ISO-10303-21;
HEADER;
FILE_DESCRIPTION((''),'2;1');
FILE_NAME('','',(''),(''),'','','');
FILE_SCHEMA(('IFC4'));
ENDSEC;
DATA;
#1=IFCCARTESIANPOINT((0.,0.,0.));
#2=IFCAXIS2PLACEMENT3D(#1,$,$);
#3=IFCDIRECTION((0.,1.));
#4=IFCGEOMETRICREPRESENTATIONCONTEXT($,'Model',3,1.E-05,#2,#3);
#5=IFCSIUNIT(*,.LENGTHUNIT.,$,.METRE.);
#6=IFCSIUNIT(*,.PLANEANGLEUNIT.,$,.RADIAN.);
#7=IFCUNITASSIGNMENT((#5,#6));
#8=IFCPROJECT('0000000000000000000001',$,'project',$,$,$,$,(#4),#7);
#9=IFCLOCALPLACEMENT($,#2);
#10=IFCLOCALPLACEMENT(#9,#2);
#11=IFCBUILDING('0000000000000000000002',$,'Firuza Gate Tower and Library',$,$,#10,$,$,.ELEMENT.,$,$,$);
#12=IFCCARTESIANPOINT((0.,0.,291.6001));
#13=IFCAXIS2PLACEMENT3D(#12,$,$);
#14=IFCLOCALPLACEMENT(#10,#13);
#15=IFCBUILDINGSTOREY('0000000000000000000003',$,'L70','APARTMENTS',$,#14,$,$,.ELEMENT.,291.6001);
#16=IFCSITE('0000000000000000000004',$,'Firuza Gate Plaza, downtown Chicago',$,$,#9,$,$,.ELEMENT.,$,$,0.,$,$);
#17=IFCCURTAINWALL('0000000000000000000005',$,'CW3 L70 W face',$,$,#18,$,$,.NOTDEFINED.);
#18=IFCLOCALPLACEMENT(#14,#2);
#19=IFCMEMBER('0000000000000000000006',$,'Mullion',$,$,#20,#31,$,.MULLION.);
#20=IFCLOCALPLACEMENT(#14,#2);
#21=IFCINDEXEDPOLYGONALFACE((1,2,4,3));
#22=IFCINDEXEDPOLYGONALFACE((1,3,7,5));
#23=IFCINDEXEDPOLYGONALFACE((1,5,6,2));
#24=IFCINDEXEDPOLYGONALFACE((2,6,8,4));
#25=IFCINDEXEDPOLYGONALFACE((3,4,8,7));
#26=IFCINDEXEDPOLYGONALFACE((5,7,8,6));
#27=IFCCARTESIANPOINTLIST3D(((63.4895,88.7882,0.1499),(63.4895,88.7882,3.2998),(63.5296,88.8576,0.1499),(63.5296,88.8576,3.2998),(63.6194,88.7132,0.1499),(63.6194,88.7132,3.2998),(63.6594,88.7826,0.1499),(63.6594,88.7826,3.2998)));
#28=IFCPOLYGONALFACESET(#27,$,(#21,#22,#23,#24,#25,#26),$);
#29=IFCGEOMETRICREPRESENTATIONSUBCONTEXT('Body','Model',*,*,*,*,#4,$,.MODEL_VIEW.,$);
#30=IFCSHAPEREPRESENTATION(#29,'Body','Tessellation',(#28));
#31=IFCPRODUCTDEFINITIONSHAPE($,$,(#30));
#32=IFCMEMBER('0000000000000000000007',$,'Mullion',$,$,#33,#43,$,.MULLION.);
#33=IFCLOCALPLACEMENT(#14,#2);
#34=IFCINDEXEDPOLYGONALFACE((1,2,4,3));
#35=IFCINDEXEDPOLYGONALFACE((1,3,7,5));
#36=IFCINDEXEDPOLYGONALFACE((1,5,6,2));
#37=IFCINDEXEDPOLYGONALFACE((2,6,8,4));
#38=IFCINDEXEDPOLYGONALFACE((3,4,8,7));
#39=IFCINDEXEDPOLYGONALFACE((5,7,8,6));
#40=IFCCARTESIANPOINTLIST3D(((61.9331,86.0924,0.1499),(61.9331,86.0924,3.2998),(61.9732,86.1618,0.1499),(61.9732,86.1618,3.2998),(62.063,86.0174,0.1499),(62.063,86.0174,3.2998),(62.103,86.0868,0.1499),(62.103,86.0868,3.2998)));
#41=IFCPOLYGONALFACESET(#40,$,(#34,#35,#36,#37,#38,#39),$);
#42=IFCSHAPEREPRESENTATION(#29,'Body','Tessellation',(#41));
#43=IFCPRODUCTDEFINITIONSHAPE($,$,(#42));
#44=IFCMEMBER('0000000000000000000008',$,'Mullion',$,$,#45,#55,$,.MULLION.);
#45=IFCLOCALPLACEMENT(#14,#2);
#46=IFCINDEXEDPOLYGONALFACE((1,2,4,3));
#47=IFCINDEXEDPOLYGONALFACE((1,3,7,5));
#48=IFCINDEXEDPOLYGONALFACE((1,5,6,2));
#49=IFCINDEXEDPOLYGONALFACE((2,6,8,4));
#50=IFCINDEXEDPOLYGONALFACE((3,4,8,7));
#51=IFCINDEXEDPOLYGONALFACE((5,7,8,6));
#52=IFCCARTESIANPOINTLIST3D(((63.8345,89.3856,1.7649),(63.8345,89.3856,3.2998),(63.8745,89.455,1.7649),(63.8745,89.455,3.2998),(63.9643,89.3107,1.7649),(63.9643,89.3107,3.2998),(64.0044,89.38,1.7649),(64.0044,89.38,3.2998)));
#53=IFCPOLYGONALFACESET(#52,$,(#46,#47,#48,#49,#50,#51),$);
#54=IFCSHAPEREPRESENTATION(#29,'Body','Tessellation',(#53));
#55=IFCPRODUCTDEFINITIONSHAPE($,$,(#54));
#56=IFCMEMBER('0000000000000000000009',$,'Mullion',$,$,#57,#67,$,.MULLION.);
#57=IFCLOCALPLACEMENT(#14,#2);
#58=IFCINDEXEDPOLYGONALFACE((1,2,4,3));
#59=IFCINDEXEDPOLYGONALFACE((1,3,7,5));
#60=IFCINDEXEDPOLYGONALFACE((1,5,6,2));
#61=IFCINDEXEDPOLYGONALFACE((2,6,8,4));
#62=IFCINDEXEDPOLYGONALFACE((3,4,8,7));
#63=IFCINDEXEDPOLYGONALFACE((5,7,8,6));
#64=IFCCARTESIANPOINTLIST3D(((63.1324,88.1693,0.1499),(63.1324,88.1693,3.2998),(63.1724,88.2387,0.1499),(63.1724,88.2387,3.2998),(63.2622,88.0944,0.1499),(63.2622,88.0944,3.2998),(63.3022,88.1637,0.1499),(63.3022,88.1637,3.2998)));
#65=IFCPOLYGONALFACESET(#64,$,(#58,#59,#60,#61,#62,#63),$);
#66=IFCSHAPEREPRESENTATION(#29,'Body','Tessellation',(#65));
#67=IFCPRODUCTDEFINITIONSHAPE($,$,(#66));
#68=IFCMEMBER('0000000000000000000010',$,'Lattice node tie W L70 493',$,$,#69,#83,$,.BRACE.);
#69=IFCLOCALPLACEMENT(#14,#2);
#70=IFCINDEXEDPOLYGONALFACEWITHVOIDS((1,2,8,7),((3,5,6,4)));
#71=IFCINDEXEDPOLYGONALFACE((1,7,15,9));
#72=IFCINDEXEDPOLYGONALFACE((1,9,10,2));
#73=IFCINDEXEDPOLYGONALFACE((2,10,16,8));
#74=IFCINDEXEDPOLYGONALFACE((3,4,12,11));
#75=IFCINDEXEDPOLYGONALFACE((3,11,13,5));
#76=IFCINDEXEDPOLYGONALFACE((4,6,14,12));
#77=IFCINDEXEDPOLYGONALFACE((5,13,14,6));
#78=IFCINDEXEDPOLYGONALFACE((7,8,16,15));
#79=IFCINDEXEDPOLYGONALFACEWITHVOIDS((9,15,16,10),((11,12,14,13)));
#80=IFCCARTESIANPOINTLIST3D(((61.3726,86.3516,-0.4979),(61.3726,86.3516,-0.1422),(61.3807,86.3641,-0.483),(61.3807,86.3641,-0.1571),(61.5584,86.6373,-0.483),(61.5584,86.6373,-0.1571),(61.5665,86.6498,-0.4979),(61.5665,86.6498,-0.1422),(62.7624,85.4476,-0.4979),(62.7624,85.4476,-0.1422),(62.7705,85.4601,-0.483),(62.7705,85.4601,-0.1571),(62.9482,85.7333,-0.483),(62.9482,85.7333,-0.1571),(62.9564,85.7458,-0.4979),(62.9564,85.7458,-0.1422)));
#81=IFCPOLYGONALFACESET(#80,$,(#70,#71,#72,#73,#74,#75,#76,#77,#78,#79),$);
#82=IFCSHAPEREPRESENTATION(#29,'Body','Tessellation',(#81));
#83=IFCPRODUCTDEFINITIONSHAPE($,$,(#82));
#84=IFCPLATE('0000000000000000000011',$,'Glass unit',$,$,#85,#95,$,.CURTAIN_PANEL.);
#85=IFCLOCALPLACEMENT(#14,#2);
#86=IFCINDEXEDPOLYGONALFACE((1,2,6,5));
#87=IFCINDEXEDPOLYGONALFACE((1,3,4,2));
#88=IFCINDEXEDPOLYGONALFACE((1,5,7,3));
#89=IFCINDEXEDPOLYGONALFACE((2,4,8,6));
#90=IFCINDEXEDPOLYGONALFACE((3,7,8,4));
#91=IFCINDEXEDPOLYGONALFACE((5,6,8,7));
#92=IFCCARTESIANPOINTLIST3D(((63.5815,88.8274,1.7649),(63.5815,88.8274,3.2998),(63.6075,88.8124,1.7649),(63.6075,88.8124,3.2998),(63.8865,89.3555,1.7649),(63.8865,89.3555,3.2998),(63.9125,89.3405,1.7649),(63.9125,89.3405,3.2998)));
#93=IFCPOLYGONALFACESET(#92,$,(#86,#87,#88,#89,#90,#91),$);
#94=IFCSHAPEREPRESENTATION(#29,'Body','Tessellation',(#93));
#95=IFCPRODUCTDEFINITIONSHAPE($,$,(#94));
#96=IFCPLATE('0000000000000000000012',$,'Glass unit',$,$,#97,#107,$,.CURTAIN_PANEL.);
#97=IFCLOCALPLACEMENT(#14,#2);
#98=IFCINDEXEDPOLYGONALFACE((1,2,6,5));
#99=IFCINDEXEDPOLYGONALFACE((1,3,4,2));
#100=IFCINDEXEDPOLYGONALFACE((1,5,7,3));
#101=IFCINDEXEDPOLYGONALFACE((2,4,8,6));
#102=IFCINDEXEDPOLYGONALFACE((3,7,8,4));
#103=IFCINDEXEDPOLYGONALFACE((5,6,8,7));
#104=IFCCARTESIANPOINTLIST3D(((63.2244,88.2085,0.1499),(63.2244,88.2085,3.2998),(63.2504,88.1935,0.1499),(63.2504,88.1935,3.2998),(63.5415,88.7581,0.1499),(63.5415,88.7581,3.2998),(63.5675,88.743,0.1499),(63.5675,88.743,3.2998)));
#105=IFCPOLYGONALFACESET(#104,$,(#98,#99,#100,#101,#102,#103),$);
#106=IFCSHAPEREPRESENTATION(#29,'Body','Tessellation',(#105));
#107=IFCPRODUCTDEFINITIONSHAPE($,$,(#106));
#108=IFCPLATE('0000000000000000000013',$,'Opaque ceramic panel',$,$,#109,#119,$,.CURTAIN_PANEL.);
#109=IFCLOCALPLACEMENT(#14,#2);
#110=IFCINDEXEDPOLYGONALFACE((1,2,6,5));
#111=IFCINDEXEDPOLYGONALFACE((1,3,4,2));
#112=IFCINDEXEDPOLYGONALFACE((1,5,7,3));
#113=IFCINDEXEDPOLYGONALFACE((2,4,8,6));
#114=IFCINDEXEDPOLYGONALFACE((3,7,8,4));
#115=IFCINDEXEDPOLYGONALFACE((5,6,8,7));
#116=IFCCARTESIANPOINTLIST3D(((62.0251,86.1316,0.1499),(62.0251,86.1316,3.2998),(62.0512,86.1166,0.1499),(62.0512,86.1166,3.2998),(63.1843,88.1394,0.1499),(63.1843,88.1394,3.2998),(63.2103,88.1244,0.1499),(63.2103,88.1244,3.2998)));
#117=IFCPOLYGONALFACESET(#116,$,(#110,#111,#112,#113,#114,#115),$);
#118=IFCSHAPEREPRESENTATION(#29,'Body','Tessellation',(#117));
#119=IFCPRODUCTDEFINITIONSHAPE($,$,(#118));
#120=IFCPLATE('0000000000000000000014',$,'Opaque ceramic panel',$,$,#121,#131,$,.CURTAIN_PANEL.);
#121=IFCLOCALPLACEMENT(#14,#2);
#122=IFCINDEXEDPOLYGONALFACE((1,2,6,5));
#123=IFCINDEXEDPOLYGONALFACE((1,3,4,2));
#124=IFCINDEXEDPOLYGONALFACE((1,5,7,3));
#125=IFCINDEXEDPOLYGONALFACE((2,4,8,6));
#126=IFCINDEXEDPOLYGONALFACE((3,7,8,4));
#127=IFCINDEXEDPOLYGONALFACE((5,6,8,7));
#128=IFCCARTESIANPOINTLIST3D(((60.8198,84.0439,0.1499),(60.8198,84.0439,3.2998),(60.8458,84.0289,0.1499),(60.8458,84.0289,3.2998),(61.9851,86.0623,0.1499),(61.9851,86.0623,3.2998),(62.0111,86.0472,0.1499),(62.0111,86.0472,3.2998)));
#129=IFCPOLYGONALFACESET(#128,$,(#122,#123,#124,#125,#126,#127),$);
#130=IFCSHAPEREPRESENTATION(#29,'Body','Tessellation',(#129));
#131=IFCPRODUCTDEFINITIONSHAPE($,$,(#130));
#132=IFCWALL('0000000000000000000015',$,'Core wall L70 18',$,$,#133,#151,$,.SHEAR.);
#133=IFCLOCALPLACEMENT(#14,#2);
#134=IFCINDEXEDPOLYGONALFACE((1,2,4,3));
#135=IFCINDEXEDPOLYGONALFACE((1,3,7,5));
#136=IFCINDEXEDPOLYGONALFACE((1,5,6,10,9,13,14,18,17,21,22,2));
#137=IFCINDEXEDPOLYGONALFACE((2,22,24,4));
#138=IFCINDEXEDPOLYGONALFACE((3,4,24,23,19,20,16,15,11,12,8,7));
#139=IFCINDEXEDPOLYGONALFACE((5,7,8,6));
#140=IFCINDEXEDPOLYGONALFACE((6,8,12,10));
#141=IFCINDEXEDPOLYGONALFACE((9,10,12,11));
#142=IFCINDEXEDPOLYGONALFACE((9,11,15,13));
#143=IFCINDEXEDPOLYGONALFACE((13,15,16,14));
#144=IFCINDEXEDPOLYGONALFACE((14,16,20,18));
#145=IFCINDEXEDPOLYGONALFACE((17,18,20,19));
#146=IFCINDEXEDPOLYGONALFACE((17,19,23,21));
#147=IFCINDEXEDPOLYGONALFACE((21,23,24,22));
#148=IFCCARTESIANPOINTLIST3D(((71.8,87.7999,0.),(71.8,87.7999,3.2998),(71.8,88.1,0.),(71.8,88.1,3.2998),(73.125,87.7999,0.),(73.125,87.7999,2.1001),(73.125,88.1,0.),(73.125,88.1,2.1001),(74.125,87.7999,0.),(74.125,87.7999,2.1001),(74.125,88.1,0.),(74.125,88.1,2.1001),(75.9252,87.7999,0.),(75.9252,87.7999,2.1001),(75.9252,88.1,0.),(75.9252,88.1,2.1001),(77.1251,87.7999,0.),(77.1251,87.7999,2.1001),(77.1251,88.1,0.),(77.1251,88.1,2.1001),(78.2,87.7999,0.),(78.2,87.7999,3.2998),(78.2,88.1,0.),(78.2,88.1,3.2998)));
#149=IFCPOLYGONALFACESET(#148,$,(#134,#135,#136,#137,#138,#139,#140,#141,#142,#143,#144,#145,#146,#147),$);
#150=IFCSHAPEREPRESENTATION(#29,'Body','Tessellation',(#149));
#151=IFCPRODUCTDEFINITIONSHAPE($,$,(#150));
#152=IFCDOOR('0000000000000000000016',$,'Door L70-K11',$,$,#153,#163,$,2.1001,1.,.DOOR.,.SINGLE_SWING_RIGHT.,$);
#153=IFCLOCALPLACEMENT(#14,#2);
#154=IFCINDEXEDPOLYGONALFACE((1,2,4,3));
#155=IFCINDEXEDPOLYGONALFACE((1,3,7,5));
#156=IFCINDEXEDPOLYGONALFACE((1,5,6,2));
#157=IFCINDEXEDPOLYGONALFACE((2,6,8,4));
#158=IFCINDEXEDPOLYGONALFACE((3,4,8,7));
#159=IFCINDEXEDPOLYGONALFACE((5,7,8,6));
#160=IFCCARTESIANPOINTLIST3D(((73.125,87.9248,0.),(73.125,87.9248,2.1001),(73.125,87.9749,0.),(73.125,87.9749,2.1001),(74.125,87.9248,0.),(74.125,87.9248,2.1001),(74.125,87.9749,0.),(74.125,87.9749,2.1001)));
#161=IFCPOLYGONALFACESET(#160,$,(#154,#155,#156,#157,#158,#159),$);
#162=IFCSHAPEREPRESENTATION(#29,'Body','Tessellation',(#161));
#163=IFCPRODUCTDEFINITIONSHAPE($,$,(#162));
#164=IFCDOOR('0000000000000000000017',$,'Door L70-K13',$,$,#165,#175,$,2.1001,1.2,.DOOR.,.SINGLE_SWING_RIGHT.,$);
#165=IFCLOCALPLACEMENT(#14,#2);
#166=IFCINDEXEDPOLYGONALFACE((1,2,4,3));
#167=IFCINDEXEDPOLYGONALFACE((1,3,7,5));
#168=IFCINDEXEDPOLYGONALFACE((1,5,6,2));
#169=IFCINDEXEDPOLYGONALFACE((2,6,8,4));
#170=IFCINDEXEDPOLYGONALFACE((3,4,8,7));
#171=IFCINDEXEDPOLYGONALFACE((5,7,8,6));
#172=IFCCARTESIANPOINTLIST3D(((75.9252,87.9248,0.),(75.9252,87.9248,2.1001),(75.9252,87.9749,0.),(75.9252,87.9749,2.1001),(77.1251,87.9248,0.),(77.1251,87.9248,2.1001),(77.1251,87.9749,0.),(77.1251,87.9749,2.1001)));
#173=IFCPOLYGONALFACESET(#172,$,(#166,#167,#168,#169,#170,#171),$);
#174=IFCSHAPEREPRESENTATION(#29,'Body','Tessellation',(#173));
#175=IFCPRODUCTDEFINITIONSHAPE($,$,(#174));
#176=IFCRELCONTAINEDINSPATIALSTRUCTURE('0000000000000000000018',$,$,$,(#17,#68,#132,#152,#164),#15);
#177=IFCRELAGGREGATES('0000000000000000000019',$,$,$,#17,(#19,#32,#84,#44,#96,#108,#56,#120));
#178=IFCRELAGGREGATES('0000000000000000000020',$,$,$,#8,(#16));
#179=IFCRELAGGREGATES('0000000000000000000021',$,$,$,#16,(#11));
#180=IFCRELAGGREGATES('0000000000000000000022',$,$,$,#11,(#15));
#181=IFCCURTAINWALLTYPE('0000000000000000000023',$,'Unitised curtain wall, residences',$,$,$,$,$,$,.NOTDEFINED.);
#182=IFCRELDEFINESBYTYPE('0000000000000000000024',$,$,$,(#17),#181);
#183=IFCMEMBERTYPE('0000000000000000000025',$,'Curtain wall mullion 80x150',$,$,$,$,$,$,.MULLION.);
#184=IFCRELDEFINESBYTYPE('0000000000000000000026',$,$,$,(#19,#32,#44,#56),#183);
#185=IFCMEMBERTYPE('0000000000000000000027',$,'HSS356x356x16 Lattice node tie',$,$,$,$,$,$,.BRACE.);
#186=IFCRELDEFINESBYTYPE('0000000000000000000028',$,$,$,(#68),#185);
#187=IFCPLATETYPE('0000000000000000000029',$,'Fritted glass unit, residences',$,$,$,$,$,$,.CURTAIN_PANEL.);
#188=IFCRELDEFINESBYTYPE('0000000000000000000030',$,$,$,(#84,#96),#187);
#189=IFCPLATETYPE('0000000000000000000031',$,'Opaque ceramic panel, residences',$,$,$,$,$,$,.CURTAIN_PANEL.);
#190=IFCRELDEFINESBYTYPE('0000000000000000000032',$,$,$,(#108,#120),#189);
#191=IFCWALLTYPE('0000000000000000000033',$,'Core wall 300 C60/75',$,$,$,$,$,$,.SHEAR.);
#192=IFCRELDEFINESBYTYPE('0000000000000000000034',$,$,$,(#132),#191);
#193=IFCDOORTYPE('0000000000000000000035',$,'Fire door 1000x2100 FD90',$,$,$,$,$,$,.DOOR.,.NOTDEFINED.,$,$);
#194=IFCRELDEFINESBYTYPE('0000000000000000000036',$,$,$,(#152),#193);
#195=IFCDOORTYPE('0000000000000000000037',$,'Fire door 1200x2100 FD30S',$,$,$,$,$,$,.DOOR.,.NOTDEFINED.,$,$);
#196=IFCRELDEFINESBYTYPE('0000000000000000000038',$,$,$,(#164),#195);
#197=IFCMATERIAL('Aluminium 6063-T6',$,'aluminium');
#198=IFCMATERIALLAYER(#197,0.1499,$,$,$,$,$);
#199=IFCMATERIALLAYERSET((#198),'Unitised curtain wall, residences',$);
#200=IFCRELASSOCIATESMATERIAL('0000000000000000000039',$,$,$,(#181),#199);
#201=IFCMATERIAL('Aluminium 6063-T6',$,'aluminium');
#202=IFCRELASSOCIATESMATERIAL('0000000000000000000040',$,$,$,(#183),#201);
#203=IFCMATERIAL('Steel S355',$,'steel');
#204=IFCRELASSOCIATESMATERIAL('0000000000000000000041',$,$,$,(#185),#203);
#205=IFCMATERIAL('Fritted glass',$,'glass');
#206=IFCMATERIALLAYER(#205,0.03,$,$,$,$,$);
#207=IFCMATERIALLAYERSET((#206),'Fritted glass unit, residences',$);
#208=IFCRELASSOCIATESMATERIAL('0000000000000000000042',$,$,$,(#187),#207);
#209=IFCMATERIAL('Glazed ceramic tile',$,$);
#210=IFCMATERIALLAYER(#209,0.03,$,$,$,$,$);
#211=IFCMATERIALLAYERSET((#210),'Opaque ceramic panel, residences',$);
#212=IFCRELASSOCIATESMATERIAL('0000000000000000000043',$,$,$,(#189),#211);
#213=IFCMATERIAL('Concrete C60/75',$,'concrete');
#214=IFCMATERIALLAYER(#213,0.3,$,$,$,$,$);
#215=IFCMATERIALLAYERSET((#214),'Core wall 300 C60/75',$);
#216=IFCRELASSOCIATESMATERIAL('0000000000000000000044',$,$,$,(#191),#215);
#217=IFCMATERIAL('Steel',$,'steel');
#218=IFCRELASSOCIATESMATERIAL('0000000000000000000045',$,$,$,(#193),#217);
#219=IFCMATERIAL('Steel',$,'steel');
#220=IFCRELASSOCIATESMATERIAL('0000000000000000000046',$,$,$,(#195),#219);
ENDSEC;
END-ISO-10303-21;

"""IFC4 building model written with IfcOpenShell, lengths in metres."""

from ifc_helpers import new_model, si_unit, direction, frame, frame_2d, origin, origin_2d, place, context, subcontext, project, spatial, polyline, rectangle, hollow_rectangle, outline, extrude, material, layer, layer_set, material_profile, profile_set, type_object, element, fill, aggregate, save


model = new_model("IFC4")

# Units and contexts
model_context = context("Model", 3, precision=1e-05, world=origin(), true_north=direction((0.0, 1.0)))
body_context = subcontext(model_context, "Body", "Model", "MODEL_VIEW")
ifc_project = project(units=[si_unit("LENGTHUNIT", "METRE"), si_unit("PLANEANGLEUNIT", "RADIAN")], contexts=[model_context])

# Site, building, storey
site_placement = place(None, origin())
site = spatial("IfcSite", under=ifc_project, at=site_placement, Name="Firuza Gate Plaza, downtown Chicago", CompositionType="ELEMENT", RefElevation=0.0)
building_placement = place(site_placement, origin())
building = spatial("IfcBuilding", under=site, at=building_placement, Name="Firuza Gate Tower and Library", CompositionType="ELEMENT")
storey_placement = place(building_placement, frame((0.0, 0.0, 291.6001)))
storey = spatial("IfcBuildingStorey", under=building, at=storey_placement, Name="L70", Description="APARTMENTS", CompositionType="ELEMENT", Elevation=291.6001)

# Curtain wall, members
ifc_material_1 = material(Name="Aluminium 6063-T6", Category="aluminium")
ifc_layer_1 = layer(ifc_material_1, 0.1499)
ifc_layer_set_1 = layer_set([ifc_layer_1], Name="Unitised curtain wall, residences")
curtain_wall_type = type_object("IfcCurtainWallType", Name="Unitised curtain wall, residences", PredefinedType="NOTDEFINED", material=ifc_layer_set_1)
placement = place(storey_placement, origin())
curtain_wall = element("IfcCurtainWall", 1, at=placement, inside=storey, type_object=curtain_wall_type, Name="CW3 L70 W face", PredefinedType="NOTDEFINED")
ifc_material_2 = material(Name="Aluminium 6063-T6", Category="aluminium")
ifc_material_profile_1 = material_profile(ifc_material_2, rectangle(XDim=0.1499, YDim=0.0801, at=origin_2d()))
ifc_profile_set_1 = profile_set([ifc_material_profile_1], Name="Aluminium 6063-T6")
member_type_1 = type_object("IfcMemberType", Name="Curtain wall mullion 80x150", PredefinedType="MULLION", material=ifc_profile_set_1)
member_1_placement = place(storey_placement, frame((63.5745, 88.7854, 0.1499), z_axis=(0.0, 0.0, 1.0), x_axis=(0.866025, -0.5, 0.0)))
member_1 = element("IfcMember", 2, at=member_1_placement, type_object=member_type_1, Name="Mullion", PredefinedType="MULLION", context=body_context, shape_type="SweptSolid", body=[
    extrude(rectangle(XDim=0.1499, YDim=0.0801, at=origin_2d()), origin(), (0.0, 0.0, 1.0), 3.1499),
])
member_2_placement = place(storey_placement, frame((62.0181, 86.0896, 0.1499), z_axis=(0.0, 0.0, 1.0), x_axis=(0.866025, -0.5, 0.0)))
member_2 = element("IfcMember", 3, at=member_2_placement, type_object=member_type_1, Name="Mullion", PredefinedType="MULLION", context=body_context, shape_type="SweptSolid", body=[
    extrude(rectangle(XDim=0.1499, YDim=0.0801, at=origin_2d()), origin(), (0.0, 0.0, 1.0), 3.1499),
])
member_3_placement = place(storey_placement, frame((63.9194, 89.3828, 1.7649), z_axis=(0.0, 0.0, 1.0), x_axis=(0.866025, -0.5, 0.0)))
member_3 = element("IfcMember", 4, at=member_3_placement, type_object=member_type_1, Name="Mullion", PredefinedType="MULLION", context=body_context, shape_type="SweptSolid", body=[
    extrude(rectangle(XDim=0.1499, YDim=0.0801, at=origin_2d()), origin(), (0.0, 0.0, 1.0), 1.5349),
])
member_4_placement = place(storey_placement, frame((63.2173, 88.1665, 0.1499), z_axis=(0.0, 0.0, 1.0), x_axis=(0.866025, -0.5, 0.0)))
member_4 = element("IfcMember", 5, at=member_4_placement, type_object=member_type_1, Name="Mullion", PredefinedType="MULLION", context=body_context, shape_type="SweptSolid", body=[
    extrude(rectangle(XDim=0.1499, YDim=0.0801, at=origin_2d()), origin(), (0.0, 0.0, 1.0), 3.1499),
])

# Member
ifc_material_3 = material(Name="Steel S355", Category="steel")
ifc_material_profile_2 = material_profile(ifc_material_3, hollow_rectangle(XDim=0.3557, YDim=0.3557, WallThickness=0.0149, at=origin_2d()))
ifc_profile_set_2 = profile_set([ifc_material_profile_2], Name="Steel S355")
member_type_2 = type_object("IfcMemberType", Name="HSS356x356x16 Lattice node tie", PredefinedType="BRACE", material=ifc_profile_set_2)
member_5_placement = place(storey_placement, frame((62.8594, 85.5967, -0.3201), z_axis=(-0.838272, 0.545252, 0.0), x_axis=(-0.545252, -0.838272, 0.0)))
element("IfcMember", 6, at=member_5_placement, inside=storey, type_object=member_type_2, Name="Lattice node tie W L70 493", PredefinedType="BRACE", context=body_context, shape_type="SweptSolid", body=[
    extrude(hollow_rectangle(XDim=0.3557, YDim=0.3557, WallThickness=0.0149, at=origin_2d()), origin(), (0.0, 0.0, 1.0), 1.658),
])

# Plates
ifc_material_4 = material(Name="Fritted glass", Category="glass")
ifc_layer_2 = layer(ifc_material_4, 0.03)
ifc_layer_set_2 = layer_set([ifc_layer_2], Name="Fritted glass unit, residences")
plate_type_1 = type_object("IfcPlateType", Name="Fritted glass unit, residences", PredefinedType="CURTAIN_PANEL", material=ifc_layer_set_2)
plate_1_placement = place(storey_placement, frame((63.8865, 89.3555, 1.7649), z_axis=(-0.865992, 0.500057, 0.0), x_axis=(-0.500057, -0.865992, 0.0)))
plate_1 = element("IfcPlate", 7, at=plate_1_placement, type_object=plate_type_1, Name="Glass unit", PredefinedType="CURTAIN_PANEL", context=body_context, shape_type="SweptSolid", body=[
    extrude(outline(polyline([(0.0, 0.0), (0.6098, 0.0), (0.6098, 1.5349), (0.0, 1.5349), (0.0, 0.0)])), origin(), (0.0, 0.0, -1.0), 0.03),
])
plate_2_placement = place(storey_placement, frame((63.5415, 88.7581, 0.1499), z_axis=(-0.866128, 0.499822, 0.0), x_axis=(-0.499822, -0.866128, 0.0)))
plate_2 = element("IfcPlate", 8, at=plate_2_placement, type_object=plate_type_1, Name="Glass unit", PredefinedType="CURTAIN_PANEL", context=body_context, shape_type="SweptSolid", body=[
    extrude(outline(polyline([(0.0, 0.0), (0.6345, 0.0), (0.6345, 3.1499), (0.0, 3.1499), (0.0, 0.0)])), origin(), (0.0, 0.0, -1.0), 0.03),
])
ifc_material_5 = material(Name="Glazed ceramic tile")
ifc_layer_3 = layer(ifc_material_5, 0.03)
ifc_layer_set_3 = layer_set([ifc_layer_3], Name="Opaque ceramic panel, residences")
plate_type_2 = type_object("IfcPlateType", Name="Opaque ceramic panel, residences", PredefinedType="CURTAIN_PANEL", material=ifc_layer_set_3)
plate_3_placement = place(storey_placement, frame((63.1843, 88.1394, 0.1499), z_axis=(-0.866031, 0.49999, 0.0), x_axis=(-0.49999, -0.866031, 0.0)))
plate_3 = element("IfcPlate", 9, at=plate_3_placement, type_object=plate_type_2, Name="Opaque ceramic panel", PredefinedType="CURTAIN_PANEL", context=body_context, shape_type="SweptSolid", body=[
    extrude(outline(polyline([(0.0, 0.0), (2.3184, 0.0), (2.3184, 3.1499), (0.0, 3.1499), (0.0, 0.0)])), origin(), (0.0, 0.0, -1.0), 0.03),
])
plate_4_placement = place(storey_placement, frame((61.9851, 86.0623, 0.1499), z_axis=(-0.866023, 0.500004, 0.0), x_axis=(-0.500004, -0.866023, 0.0)))
plate_4 = element("IfcPlate", 10, at=plate_4_placement, type_object=plate_type_2, Name="Opaque ceramic panel", PredefinedType="CURTAIN_PANEL", context=body_context, shape_type="SweptSolid", body=[
    extrude(outline(polyline([(0.0, 0.0), (2.3305, 0.0), (2.3305, 3.1499), (0.0, 3.1499), (0.0, 0.0)])), origin(), (0.0, 0.0, -1.0), 0.03),
])
aggregate(curtain_wall, [member_1, member_2, plate_1, member_3, plate_2, plate_3, member_4, plate_4])

# Wall, openings, doors
ifc_material_6 = material(Name="Concrete C60/75", Category="concrete")
ifc_layer_4 = layer(ifc_material_6, 0.3)
ifc_layer_set_4 = layer_set([ifc_layer_4], Name="Core wall 300 C60/75")
wall_type_1 = type_object("IfcWallType", Name="Core wall 300 C60/75", PredefinedType="SHEAR", material=ifc_layer_set_4)
wall_1_placement = place(storey_placement, frame((71.8, 87.95, 0.0), z_axis=(0.0, 0.0, 1.0), x_axis=(1.0, 0.0, 0.0)))
wall_1 = element("IfcWall", 11, at=wall_1_placement, inside=storey, type_object=wall_type_1, Name="Core wall L70 18", PredefinedType="SHEAR", context=body_context, shape_type="SweptSolid", body=[
    extrude(rectangle(XDim=6.3999, YDim=0.3, at=frame_2d((3.2, 0.0))), origin(), (0.0, 0.0, 1.0), 3.2998),
])
opening_1_placement = place(wall_1_placement, frame((1.325, 0.0, 0.0)))
opening_1 = element("IfcOpeningElement", 12, at=opening_1_placement, cuts=wall_1, PredefinedType="OPENING", context=body_context, shape_type="SweptSolid", body=[
    extrude(rectangle(XDim=1.0, YDim=2.1001, at=frame_2d((0.5, 1.05))), frame((0.0, 0.1602, 0.0), z_axis=(0.0, -1.0, 0.0), x_axis=(1.0, 0.0, 0.0)), (0.0, 0.0, 1.0), 0.3201),
])
opening_2_placement = place(wall_1_placement, frame((4.125, 0.0, 0.0)))
opening_2 = element("IfcOpeningElement", 13, at=opening_2_placement, cuts=wall_1, PredefinedType="OPENING", context=body_context, shape_type="SweptSolid", body=[
    extrude(rectangle(XDim=1.2, YDim=2.1001, at=frame_2d((0.6001, 1.05))), frame((0.0, 0.1602, 0.0), z_axis=(0.0, -1.0, 0.0), x_axis=(1.0, 0.0, 0.0)), (0.0, 0.0, 1.0), 0.3201),
])
ifc_material_7 = material(Name="Steel", Category="steel")
door_type_1 = type_object("IfcDoorType", Name="Fire door 1000x2100 FD90", OperationType="NOTDEFINED", PredefinedType="DOOR", material=ifc_material_7)
door_1_placement = place(opening_1_placement, origin())
door_1 = element("IfcDoor", 14, at=door_1_placement, inside=storey, type_object=door_type_1, Name="Door L70-K11", OperationType="SINGLE_SWING_RIGHT", OverallHeight=2.1001, OverallWidth=1.0, PredefinedType="DOOR", context=body_context, shape_type="SweptSolid", body=[
    extrude(rectangle(XDim=1.0, YDim=2.1001, at=frame_2d((0.5, 1.05))), frame((0.0, 0.0249, 0.0), z_axis=(0.0, -1.0, 0.0), x_axis=(1.0, 0.0, 0.0)), (0.0, 0.0, 1.0), 0.05),
])
fill(opening_1, door_1)
ifc_material_8 = material(Name="Steel", Category="steel")
door_type_2 = type_object("IfcDoorType", Name="Fire door 1200x2100 FD30S", OperationType="NOTDEFINED", PredefinedType="DOOR", material=ifc_material_8)
door_2_placement = place(opening_2_placement, origin())
door_2 = element("IfcDoor", 15, at=door_2_placement, inside=storey, type_object=door_type_2, Name="Door L70-K13", OperationType="SINGLE_SWING_RIGHT", OverallHeight=2.1001, OverallWidth=1.2, PredefinedType="DOOR", context=body_context, shape_type="SweptSolid", body=[
    extrude(rectangle(XDim=1.2, YDim=2.1001, at=frame_2d((0.6001, 1.05))), frame((0.0, 0.0249, 0.0), z_axis=(0.0, -1.0, 0.0), x_axis=(1.0, 0.0, 0.0)), (0.0, 0.0, 1.0), 0.05),
])
fill(opening_2, door_2)

save(model, "model.ifc")
